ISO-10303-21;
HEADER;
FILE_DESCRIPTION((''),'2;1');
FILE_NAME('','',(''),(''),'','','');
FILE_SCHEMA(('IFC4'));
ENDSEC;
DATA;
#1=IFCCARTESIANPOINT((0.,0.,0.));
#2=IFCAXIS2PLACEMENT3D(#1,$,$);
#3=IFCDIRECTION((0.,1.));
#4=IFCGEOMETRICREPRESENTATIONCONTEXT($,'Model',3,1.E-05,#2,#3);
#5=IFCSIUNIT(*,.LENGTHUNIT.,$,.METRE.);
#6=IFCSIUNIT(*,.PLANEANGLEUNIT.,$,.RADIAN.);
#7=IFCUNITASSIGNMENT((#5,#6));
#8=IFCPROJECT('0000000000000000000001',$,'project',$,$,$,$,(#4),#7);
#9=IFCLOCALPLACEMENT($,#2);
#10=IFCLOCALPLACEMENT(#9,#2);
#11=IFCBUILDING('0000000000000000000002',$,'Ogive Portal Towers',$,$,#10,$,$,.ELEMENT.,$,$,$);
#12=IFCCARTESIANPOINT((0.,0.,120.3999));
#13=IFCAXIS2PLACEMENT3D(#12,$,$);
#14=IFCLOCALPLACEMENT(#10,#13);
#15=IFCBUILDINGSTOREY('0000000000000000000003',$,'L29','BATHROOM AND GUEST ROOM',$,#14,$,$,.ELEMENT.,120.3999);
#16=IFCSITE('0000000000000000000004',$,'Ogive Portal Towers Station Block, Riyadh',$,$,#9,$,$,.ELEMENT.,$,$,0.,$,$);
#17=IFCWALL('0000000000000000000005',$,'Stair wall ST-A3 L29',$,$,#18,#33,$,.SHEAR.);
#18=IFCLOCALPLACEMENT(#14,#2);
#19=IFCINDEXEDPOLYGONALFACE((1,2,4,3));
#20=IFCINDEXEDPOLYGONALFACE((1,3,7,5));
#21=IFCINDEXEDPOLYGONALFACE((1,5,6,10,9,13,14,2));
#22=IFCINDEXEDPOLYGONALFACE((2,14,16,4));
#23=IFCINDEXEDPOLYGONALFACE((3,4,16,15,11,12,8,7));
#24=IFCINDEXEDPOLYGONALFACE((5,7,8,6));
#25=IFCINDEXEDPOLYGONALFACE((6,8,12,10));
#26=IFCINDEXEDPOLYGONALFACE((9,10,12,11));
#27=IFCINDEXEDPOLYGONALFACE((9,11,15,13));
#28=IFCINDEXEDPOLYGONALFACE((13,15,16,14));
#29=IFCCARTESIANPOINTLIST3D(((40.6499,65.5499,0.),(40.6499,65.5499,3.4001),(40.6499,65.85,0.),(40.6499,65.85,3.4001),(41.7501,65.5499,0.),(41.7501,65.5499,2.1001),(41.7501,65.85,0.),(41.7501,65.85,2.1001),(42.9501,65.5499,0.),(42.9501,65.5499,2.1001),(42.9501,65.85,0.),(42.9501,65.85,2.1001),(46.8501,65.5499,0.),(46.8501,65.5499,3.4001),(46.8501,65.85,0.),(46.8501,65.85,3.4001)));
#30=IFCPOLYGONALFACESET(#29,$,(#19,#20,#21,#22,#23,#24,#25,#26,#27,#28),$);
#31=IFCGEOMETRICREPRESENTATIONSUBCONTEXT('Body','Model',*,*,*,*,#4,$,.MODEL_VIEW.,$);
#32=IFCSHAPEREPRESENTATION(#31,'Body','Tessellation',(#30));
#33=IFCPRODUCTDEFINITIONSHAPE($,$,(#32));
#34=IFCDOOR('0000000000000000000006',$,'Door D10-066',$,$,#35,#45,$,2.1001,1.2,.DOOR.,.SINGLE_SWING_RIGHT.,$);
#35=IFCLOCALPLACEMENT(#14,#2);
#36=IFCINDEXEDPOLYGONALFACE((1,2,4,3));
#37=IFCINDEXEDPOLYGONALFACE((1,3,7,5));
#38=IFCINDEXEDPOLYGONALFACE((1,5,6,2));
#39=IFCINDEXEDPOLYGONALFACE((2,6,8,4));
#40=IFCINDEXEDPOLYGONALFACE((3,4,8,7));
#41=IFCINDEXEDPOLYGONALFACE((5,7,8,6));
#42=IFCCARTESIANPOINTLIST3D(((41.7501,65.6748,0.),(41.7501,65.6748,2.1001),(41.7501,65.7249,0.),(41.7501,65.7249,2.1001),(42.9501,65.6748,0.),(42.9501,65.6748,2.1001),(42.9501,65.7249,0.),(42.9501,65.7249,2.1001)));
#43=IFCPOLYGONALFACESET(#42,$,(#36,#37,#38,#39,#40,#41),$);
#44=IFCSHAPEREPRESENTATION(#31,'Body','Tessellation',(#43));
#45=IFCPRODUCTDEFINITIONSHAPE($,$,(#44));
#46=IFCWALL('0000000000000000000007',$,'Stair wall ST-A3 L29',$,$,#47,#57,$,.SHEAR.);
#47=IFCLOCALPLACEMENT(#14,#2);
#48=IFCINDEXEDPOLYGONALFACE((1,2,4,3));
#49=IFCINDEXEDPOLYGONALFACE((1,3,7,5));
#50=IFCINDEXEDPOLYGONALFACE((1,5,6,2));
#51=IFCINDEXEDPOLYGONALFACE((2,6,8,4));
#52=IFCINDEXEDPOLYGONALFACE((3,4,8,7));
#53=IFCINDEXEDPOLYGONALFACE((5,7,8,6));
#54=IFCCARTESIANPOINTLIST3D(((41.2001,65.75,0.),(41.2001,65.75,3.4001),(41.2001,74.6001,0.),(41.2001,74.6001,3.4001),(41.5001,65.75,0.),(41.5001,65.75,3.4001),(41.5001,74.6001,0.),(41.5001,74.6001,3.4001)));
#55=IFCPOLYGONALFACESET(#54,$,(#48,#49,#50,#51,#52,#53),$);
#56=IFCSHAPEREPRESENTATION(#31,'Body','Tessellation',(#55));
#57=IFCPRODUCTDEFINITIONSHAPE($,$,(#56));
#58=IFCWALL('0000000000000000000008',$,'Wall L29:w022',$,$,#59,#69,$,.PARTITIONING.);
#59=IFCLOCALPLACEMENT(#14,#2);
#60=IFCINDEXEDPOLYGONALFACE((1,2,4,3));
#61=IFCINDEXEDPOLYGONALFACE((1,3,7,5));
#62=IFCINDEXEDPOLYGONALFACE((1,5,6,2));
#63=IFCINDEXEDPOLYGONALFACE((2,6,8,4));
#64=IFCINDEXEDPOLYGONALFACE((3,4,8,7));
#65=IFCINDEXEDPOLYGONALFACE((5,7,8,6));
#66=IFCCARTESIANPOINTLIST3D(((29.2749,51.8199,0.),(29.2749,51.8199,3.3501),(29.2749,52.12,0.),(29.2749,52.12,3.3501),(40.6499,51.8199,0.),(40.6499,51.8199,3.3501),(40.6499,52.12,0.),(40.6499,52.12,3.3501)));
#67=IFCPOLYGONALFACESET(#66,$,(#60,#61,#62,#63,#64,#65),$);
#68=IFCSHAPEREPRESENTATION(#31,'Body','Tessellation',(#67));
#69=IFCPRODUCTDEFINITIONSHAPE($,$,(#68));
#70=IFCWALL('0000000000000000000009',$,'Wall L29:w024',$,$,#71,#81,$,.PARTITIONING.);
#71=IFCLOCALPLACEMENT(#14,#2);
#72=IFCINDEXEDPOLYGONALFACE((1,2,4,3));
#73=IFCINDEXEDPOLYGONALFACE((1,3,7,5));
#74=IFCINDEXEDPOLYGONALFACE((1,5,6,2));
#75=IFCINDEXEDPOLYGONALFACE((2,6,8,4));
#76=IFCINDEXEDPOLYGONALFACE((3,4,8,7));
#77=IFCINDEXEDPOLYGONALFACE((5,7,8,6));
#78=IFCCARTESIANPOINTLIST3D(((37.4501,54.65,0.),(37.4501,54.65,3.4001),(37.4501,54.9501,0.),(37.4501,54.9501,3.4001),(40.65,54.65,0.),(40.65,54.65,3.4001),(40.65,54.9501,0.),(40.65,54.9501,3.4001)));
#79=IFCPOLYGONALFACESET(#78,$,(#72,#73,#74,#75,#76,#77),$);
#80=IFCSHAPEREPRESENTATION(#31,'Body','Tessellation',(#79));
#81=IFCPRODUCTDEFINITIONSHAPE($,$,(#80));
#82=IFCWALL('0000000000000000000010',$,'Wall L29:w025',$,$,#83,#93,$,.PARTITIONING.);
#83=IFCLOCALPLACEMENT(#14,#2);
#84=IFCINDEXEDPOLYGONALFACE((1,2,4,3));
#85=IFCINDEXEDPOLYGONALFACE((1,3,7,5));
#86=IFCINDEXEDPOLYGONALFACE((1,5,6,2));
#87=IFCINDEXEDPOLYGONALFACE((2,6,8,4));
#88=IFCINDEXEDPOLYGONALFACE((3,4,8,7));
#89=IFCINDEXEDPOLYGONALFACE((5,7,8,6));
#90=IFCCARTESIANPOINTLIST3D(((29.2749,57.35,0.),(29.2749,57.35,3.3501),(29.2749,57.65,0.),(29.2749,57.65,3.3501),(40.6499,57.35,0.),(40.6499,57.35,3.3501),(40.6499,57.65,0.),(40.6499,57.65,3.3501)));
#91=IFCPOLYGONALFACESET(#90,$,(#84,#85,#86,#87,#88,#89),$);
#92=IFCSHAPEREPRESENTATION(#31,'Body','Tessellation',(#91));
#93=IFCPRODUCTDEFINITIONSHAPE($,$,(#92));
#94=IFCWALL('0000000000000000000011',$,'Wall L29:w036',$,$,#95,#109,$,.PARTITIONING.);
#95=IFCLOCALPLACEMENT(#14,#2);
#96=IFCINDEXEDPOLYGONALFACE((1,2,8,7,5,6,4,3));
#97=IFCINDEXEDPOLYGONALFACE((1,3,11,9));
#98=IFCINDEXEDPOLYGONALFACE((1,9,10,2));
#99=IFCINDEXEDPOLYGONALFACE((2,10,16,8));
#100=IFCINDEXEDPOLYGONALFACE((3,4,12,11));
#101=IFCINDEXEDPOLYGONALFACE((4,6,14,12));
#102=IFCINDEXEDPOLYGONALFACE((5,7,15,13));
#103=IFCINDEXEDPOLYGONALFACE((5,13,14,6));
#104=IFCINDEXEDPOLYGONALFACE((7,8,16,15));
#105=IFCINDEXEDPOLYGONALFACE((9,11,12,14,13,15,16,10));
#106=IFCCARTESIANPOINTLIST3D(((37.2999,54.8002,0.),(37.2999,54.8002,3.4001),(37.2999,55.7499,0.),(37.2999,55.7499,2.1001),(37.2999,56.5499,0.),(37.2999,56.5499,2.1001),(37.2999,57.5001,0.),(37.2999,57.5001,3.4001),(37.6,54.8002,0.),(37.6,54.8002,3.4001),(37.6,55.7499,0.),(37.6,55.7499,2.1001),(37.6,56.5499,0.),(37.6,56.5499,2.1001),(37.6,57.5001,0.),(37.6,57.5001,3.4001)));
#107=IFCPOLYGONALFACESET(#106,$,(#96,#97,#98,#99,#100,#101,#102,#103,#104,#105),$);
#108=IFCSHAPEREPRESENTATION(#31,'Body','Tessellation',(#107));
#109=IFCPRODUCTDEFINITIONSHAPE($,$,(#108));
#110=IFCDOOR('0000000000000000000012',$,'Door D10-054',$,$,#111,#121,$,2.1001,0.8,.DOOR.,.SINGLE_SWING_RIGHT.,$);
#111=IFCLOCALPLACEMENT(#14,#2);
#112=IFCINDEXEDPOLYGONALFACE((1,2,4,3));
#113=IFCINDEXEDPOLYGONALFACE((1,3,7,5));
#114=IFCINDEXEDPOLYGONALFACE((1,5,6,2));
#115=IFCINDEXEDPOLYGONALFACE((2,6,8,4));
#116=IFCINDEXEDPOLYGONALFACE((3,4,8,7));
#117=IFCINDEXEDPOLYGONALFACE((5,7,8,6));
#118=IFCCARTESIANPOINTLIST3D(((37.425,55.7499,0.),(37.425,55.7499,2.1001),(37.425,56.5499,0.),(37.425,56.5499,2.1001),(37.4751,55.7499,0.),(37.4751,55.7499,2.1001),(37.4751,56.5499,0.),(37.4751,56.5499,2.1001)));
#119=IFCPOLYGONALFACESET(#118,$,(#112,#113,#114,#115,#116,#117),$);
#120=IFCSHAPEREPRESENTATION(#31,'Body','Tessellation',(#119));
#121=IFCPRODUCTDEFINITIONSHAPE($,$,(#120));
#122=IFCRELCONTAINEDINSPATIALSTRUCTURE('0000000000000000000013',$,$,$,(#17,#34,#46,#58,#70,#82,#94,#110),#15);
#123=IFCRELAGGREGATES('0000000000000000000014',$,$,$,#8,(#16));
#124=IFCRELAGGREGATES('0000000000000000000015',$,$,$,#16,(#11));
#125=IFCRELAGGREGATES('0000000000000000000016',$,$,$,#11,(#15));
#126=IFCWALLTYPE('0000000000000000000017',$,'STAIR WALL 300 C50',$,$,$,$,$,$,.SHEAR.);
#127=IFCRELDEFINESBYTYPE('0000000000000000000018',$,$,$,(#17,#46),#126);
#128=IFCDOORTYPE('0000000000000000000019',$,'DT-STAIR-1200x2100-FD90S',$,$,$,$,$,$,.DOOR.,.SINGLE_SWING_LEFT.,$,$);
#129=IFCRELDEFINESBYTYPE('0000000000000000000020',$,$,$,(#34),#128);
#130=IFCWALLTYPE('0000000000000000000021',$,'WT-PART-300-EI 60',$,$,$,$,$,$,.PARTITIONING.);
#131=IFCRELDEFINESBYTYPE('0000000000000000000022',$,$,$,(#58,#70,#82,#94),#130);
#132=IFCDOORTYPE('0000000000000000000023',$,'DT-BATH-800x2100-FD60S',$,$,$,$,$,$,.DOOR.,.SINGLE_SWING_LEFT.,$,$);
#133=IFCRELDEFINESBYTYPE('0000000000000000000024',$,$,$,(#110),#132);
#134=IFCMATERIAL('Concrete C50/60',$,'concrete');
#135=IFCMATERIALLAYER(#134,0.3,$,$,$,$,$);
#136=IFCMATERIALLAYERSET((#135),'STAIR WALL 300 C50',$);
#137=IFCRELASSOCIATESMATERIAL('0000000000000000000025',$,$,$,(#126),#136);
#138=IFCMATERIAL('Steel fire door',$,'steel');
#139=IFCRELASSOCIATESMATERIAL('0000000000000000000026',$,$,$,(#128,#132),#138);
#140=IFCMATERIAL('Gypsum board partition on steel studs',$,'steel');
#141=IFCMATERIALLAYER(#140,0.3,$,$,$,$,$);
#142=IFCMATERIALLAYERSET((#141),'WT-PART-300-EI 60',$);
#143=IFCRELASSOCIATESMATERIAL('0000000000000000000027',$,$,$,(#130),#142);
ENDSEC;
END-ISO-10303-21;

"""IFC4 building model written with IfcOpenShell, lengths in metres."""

from ifc_helpers import new_model, si_unit, direction, frame, frame_2d, origin, place, context, subcontext, project, spatial, rectangle, extrude, material, layer, layer_set, type_object, element, fill, save


model = new_model("IFC4")

# Units and contexts
model_context = context("Model", 3, precision=1e-05, world=origin(), true_north=direction((0.0, 1.0)))
body_context = subcontext(model_context, "Body", "Model", "MODEL_VIEW")
ifc_project = project(units=[si_unit("LENGTHUNIT", "METRE"), si_unit("PLANEANGLEUNIT", "RADIAN")], contexts=[model_context])

# Site, building, storey
site_placement = place(None, origin())
site = spatial("IfcSite", under=ifc_project, at=site_placement, Name="Ogive Portal Towers Station Block, Riyadh", CompositionType="ELEMENT", RefElevation=0.0)
building_placement = place(site_placement, origin())
building = spatial("IfcBuilding", under=site, at=building_placement, Name="Ogive Portal Towers", CompositionType="ELEMENT")
storey_placement = place(building_placement, frame((0.0, 0.0, 120.3999)))
storey = spatial("IfcBuildingStorey", under=building, at=storey_placement, Name="L29", Description="BATHROOM AND GUEST ROOM", CompositionType="ELEMENT", Elevation=120.3999)

# Wall, opening, door
ifc_material_1 = material(Name="Concrete C50/60", Category="concrete")
ifc_layer_1 = layer(ifc_material_1, 0.3)
ifc_layer_set_1 = layer_set([ifc_layer_1], Name="STAIR WALL 300 C50")
wall_type_1 = type_object("IfcWallType", Name="STAIR WALL 300 C50", PredefinedType="SHEAR", material=ifc_layer_set_1)
wall_1_placement = place(storey_placement, frame((40.6499, 65.7, 0.0), z_axis=(0.0, 0.0, 1.0), x_axis=(1.0, 0.0, 0.0)))
wall_1 = element("IfcWall", 1, at=wall_1_placement, inside=storey, type_object=wall_type_1, Name="Stair wall ST-A3 L29", PredefinedType="SHEAR", context=body_context, shape_type="SweptSolid", body=[
    extrude(rectangle(XDim=6.2002, YDim=0.3, at=frame_2d((3.1001, 0.0))), origin(), (0.0, 0.0, 1.0), 3.4001),
])
opening_1_placement = place(wall_1_placement, frame((1.1001, 0.0, 0.0)))
opening_1 = element("IfcOpeningElement", 2, at=opening_1_placement, cuts=wall_1, PredefinedType="OPENING", context=body_context, shape_type="SweptSolid", body=[
    extrude(rectangle(XDim=1.2, YDim=2.1001, at=frame_2d((0.6001, 1.05))), frame((0.0, 0.1602, 0.0), z_axis=(0.0, -1.0, 0.0), x_axis=(1.0, 0.0, 0.0)), (0.0, 0.0, 1.0), 0.3201),
])
ifc_material_2 = material(Name="Steel fire door", Category="steel")
door_type_1 = type_object("IfcDoorType", Name="DT-STAIR-1200x2100-FD90S", OperationType="SINGLE_SWING_LEFT", PredefinedType="DOOR", material=ifc_material_2)
door_1_placement = place(opening_1_placement, origin())
door_1 = element("IfcDoor", 3, at=door_1_placement, inside=storey, type_object=door_type_1, Name="Door D10-066", OperationType="SINGLE_SWING_RIGHT", OverallHeight=2.1001, OverallWidth=1.2, PredefinedType="DOOR", context=body_context, shape_type="SweptSolid", body=[
    extrude(rectangle(XDim=1.2, YDim=2.1001, at=frame_2d((0.6001, 1.05))), frame((0.0, 0.0249, 0.0), z_axis=(0.0, -1.0, 0.0), x_axis=(1.0, 0.0, 0.0)), (0.0, 0.0, 1.0), 0.05),
])
fill(opening_1, door_1)

# Walls
wall_2_placement = place(storey_placement, frame((41.3501, 65.75, 0.0), z_axis=(0.0, 0.0, 1.0), x_axis=(0.0, 1.0, 0.0)))
element("IfcWall", 4, at=wall_2_placement, inside=storey, type_object=wall_type_1, Name="Stair wall ST-A3 L29", PredefinedType="SHEAR", context=body_context, shape_type="SweptSolid", body=[
    extrude(rectangle(XDim=8.8501, YDim=0.3, at=frame_2d((4.425, 0.0))), origin(), (0.0, 0.0, 1.0), 3.4001),
])
ifc_material_3 = material(Name="Gypsum board partition on steel studs", Category="steel")
ifc_layer_2 = layer(ifc_material_3, 0.3)
ifc_layer_set_2 = layer_set([ifc_layer_2], Name="WT-PART-300-EI 60")
wall_type_2 = type_object("IfcWallType", Name="WT-PART-300-EI 60", PredefinedType="PARTITIONING", material=ifc_layer_set_2)
wall_3_placement = place(storey_placement, frame((29.2749, 51.97, 0.0), z_axis=(0.0, 0.0, 1.0), x_axis=(1.0, 0.0, 0.0)))
element("IfcWall", 5, at=wall_3_placement, inside=storey, type_object=wall_type_2, Name="Wall L29:w022", PredefinedType="PARTITIONING", context=body_context, shape_type="SweptSolid", body=[
    extrude(rectangle(XDim=11.375, YDim=0.3, at=frame_2d((5.6875, 0.0))), origin(), (0.0, 0.0, 1.0), 3.3501),
])
wall_4_placement = place(storey_placement, frame((37.45, 54.8, 0.0), z_axis=(0.0, 0.0, 1.0), x_axis=(1.0, 0.0, 0.0)))
element("IfcWall", 6, at=wall_4_placement, inside=storey, type_object=wall_type_2, Name="Wall L29:w024", PredefinedType="PARTITIONING", context=body_context, shape_type="SweptSolid", body=[
    extrude(rectangle(XDim=3.2, YDim=0.3, at=frame_2d((1.6001, 0.0))), origin(), (0.0, 0.0, 1.0), 3.4001),
])
wall_5_placement = place(storey_placement, frame((29.2749, 57.5, 0.0), z_axis=(0.0, 0.0, 1.0), x_axis=(1.0, 0.0, 0.0)))
element("IfcWall", 7, at=wall_5_placement, inside=storey, type_object=wall_type_2, Name="Wall L29:w025", PredefinedType="PARTITIONING", context=body_context, shape_type="SweptSolid", body=[
    extrude(rectangle(XDim=11.375, YDim=0.3, at=frame_2d((5.6875, 0.0))), origin(), (0.0, 0.0, 1.0), 3.3501),
])

# Wall, opening, door
wall_6_placement = place(storey_placement, frame((37.45, 54.8, 0.0), z_axis=(0.0, 0.0, 1.0), x_axis=(0.0, 1.0, 0.0)))
wall_6 = element("IfcWall", 8, at=wall_6_placement, inside=storey, type_object=wall_type_2, Name="Wall L29:w036", PredefinedType="PARTITIONING", context=body_context, shape_type="SweptSolid", body=[
    extrude(rectangle(XDim=2.7, YDim=0.3, at=frame_2d((1.3501, 0.0))), origin(), (0.0, 0.0, 1.0), 3.4001),
])
opening_2_placement = place(wall_6_placement, frame((0.95, 0.0, 0.0)))
opening_2 = element("IfcOpeningElement", 9, at=opening_2_placement, cuts=wall_6, PredefinedType="OPENING", context=body_context, shape_type="SweptSolid", body=[
    extrude(rectangle(XDim=0.8, YDim=2.1001, at=frame_2d((0.3999, 1.05))), frame((0.0, 0.1602, 0.0), z_axis=(0.0, -1.0, 0.0), x_axis=(1.0, 0.0, 0.0)), (0.0, 0.0, 1.0), 0.3201),
])
door_type_2 = type_object("IfcDoorType", Name="DT-BATH-800x2100-FD60S", OperationType="SINGLE_SWING_LEFT", PredefinedType="DOOR", material=ifc_material_2)
door_2_placement = place(opening_2_placement, origin())
door_2 = element("IfcDoor", 10, at=door_2_placement, inside=storey, type_object=door_type_2, Name="Door D10-054", OperationType="SINGLE_SWING_RIGHT", OverallHeight=2.1001, OverallWidth=0.8, PredefinedType="DOOR", context=body_context, shape_type="SweptSolid", body=[
    extrude(rectangle(XDim=0.8, YDim=2.1001, at=frame_2d((0.3999, 1.05))), frame((0.0, 0.0249, 0.0), z_axis=(0.0, -1.0, 0.0), x_axis=(1.0, 0.0, 0.0)), (0.0, 0.0, 1.0), 0.05),
])
fill(opening_2, door_2)

save(model, "model.ifc")
